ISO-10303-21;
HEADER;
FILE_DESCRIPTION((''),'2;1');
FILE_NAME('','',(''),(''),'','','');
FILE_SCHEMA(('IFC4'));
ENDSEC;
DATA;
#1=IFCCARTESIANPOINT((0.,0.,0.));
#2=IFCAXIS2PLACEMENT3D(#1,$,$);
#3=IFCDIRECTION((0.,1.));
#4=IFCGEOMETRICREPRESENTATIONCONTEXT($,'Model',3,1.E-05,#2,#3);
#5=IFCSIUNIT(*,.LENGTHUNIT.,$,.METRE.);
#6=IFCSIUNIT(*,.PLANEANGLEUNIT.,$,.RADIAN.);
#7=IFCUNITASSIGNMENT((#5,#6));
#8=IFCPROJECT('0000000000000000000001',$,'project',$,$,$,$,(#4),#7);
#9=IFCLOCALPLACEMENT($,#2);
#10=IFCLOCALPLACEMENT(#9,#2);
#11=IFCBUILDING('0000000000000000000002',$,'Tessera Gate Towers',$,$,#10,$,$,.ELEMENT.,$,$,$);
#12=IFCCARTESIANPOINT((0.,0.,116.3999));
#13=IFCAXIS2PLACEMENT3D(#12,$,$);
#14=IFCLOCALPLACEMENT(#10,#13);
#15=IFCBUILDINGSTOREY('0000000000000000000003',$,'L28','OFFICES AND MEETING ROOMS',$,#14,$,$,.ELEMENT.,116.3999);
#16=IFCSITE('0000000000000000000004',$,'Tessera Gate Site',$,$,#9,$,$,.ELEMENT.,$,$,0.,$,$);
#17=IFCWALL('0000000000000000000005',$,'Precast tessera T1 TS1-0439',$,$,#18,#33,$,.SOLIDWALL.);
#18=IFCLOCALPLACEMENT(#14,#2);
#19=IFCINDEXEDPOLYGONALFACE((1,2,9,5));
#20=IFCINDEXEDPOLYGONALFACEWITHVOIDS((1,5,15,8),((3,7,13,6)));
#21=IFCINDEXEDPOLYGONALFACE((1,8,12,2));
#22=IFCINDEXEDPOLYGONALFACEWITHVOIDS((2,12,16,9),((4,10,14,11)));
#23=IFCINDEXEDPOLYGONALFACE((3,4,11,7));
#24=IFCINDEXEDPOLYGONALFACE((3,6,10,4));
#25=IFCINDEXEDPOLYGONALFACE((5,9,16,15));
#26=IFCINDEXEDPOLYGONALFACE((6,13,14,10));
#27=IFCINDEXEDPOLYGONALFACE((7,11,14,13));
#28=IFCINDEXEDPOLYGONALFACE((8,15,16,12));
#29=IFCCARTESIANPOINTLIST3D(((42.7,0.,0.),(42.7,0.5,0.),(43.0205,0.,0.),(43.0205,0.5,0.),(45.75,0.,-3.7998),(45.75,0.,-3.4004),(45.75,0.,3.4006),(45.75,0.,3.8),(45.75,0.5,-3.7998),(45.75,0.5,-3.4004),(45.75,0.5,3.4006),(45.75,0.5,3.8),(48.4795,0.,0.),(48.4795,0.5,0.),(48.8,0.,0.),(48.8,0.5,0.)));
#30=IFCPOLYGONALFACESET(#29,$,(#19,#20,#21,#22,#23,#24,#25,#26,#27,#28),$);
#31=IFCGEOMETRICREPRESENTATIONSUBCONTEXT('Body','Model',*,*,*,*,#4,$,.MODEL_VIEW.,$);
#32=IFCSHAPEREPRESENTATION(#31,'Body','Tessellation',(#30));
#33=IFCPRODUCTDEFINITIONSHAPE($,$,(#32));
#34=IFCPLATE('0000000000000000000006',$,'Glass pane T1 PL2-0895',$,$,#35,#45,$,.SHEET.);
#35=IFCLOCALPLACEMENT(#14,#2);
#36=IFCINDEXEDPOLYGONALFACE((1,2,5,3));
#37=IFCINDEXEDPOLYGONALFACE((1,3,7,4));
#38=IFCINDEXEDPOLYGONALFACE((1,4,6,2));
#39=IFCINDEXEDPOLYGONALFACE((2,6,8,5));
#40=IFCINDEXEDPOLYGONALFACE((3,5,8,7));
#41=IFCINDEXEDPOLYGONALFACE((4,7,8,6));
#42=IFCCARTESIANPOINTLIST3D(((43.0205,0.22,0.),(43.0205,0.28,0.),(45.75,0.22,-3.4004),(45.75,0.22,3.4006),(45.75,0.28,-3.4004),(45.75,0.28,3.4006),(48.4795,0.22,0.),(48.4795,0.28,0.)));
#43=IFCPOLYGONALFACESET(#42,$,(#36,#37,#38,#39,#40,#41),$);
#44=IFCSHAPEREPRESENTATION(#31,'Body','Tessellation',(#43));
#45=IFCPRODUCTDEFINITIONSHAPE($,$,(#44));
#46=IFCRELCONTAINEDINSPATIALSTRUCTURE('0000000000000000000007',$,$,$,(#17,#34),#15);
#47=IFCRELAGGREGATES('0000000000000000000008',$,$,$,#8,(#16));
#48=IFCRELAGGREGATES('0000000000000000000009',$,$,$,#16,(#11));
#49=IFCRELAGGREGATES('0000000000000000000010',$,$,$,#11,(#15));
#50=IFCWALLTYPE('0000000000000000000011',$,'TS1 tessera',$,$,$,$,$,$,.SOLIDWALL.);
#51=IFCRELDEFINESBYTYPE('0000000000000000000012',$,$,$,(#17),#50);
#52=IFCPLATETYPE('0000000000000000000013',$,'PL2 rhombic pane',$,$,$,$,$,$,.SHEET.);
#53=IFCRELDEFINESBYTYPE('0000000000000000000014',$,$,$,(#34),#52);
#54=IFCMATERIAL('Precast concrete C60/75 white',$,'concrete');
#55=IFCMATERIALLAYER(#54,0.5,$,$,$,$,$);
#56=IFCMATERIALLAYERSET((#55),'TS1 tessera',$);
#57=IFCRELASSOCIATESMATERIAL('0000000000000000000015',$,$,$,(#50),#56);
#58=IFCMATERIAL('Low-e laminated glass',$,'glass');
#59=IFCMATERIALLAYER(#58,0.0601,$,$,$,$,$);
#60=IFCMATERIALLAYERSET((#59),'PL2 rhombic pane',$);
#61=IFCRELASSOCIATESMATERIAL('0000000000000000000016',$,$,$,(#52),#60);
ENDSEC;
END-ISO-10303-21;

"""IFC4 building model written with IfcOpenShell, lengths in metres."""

from ifc_helpers import new_model, si_unit, direction, frame, origin, place, context, subcontext, project, spatial, polyline, outline, extrude, source, transform, mapped, material, layer, layer_set, type_object, element, fill, save


model = new_model("IFC4")

# Units and contexts
model_context = context("Model", 3, precision=1e-05, world=origin(), true_north=direction((0.0, 1.0)))
body_context = subcontext(model_context, "Body", "Model", "MODEL_VIEW")
ifc_project = project(units=[si_unit("LENGTHUNIT", "METRE"), si_unit("PLANEANGLEUNIT", "RADIAN")], contexts=[model_context])

# Site, building, storey
site_placement = place(None, origin())
site = spatial("IfcSite", under=ifc_project, at=site_placement, Name="Tessera Gate Site", CompositionType="ELEMENT", RefElevation=0.0)
building_placement = place(site_placement, origin())
building = spatial("IfcBuilding", under=site, at=building_placement, Name="Tessera Gate Towers", CompositionType="ELEMENT")
storey_placement = place(building_placement, frame((0.0, 0.0, 116.3999)))
storey = spatial("IfcBuildingStorey", under=building, at=storey_placement, Name="L28", Description="OFFICES AND MEETING ROOMS", CompositionType="ELEMENT", Elevation=116.3999)

# Wall, opening, plate
ifc_material_1 = material(Name="Precast concrete C60/75 white", Category="concrete")
ifc_layer_1 = layer(ifc_material_1, 0.5)
ifc_layer_set_1 = layer_set([ifc_layer_1], Name="TS1 tessera")
wall_type_1 = type_object("IfcWallType", Name="TS1 tessera", PredefinedType="SOLIDWALL", material=ifc_layer_set_1)
shared_shape_1 = source(origin(), body_context, "Body", "SweptSolid", [
    extrude(outline(polyline([(3.05, 0.0), (6.1001, 3.7998), (3.05, 7.5999), (0.0, 3.7998), (3.05, 0.0)])), frame((0.0, 0.25, 0.0), z_axis=(0.0, -1.0, 0.0), x_axis=(1.0, 0.0, 0.0)), (0.0, 0.0, 1.0), 0.5),
])
wall_1_placement = place(storey_placement, frame((42.7, 0.25, -3.7998), z_axis=(0.0, 0.0, 1.0), x_axis=(1.0, 0.0, 0.0)))
wall_1 = element("IfcWall", 1, at=wall_1_placement, inside=storey, type_object=wall_type_1, Name="Precast tessera T1 TS1-0439", PredefinedType="SOLIDWALL", context=body_context, shape_type="MappedRepresentation", body=[
    mapped(shared_shape_1, transform((0.0, 0.0, 0.0), scale=1.0)),
])
shared_shape_2 = source(origin(), body_context, "Body", "SweptSolid", [
    extrude(outline(polyline([(3.05, 0.3994), (5.7795, 3.7998), (3.05, 7.2004), (0.3206, 3.7998), (3.05, 0.3994)])), frame((0.0, 0.26, 0.0), z_axis=(0.0, -1.0, 0.0), x_axis=(1.0, 0.0, 0.0)), (0.0, 0.0, 1.0), 0.52),
])
opening_1_placement = place(wall_1_placement, origin())
opening_1 = element("IfcOpeningElement", 2, at=opening_1_placement, cuts=wall_1, PredefinedType="OPENING", context=body_context, shape_type="MappedRepresentation", body=[
    mapped(shared_shape_2, transform((0.0, 0.0, 0.0), scale=1.0)),
])
ifc_material_2 = material(Name="Low-e laminated glass", Category="glass")
ifc_layer_2 = layer(ifc_material_2, 0.0601)
ifc_layer_set_2 = layer_set([ifc_layer_2], Name="PL2 rhombic pane")
plate_type = type_object("IfcPlateType", Name="PL2 rhombic pane", PredefinedType="SHEET", material=ifc_layer_set_2)
shared_shape_3 = source(origin(), body_context, "Body", "SweptSolid", [
    extrude(outline(polyline([(3.05, 0.3994), (5.7795, 3.7998), (3.05, 7.2004), (0.3206, 3.7998), (3.05, 0.3994)])), frame((0.0, 0.03, 0.0), z_axis=(0.0, -1.0, 0.0), x_axis=(1.0, 0.0, 0.0)), (0.0, 0.0, 1.0), 0.0601),
])
plate_placement = place(opening_1_placement, origin())
plate = element("IfcPlate", 3, at=plate_placement, inside=storey, type_object=plate_type, Name="Glass pane T1 PL2-0895", PredefinedType="SHEET", context=body_context, shape_type="MappedRepresentation", body=[
    mapped(shared_shape_3, transform((0.0, 0.0, 0.0), scale=1.0)),
])
fill(opening_1, plate)

save(model, "model.ifc")
